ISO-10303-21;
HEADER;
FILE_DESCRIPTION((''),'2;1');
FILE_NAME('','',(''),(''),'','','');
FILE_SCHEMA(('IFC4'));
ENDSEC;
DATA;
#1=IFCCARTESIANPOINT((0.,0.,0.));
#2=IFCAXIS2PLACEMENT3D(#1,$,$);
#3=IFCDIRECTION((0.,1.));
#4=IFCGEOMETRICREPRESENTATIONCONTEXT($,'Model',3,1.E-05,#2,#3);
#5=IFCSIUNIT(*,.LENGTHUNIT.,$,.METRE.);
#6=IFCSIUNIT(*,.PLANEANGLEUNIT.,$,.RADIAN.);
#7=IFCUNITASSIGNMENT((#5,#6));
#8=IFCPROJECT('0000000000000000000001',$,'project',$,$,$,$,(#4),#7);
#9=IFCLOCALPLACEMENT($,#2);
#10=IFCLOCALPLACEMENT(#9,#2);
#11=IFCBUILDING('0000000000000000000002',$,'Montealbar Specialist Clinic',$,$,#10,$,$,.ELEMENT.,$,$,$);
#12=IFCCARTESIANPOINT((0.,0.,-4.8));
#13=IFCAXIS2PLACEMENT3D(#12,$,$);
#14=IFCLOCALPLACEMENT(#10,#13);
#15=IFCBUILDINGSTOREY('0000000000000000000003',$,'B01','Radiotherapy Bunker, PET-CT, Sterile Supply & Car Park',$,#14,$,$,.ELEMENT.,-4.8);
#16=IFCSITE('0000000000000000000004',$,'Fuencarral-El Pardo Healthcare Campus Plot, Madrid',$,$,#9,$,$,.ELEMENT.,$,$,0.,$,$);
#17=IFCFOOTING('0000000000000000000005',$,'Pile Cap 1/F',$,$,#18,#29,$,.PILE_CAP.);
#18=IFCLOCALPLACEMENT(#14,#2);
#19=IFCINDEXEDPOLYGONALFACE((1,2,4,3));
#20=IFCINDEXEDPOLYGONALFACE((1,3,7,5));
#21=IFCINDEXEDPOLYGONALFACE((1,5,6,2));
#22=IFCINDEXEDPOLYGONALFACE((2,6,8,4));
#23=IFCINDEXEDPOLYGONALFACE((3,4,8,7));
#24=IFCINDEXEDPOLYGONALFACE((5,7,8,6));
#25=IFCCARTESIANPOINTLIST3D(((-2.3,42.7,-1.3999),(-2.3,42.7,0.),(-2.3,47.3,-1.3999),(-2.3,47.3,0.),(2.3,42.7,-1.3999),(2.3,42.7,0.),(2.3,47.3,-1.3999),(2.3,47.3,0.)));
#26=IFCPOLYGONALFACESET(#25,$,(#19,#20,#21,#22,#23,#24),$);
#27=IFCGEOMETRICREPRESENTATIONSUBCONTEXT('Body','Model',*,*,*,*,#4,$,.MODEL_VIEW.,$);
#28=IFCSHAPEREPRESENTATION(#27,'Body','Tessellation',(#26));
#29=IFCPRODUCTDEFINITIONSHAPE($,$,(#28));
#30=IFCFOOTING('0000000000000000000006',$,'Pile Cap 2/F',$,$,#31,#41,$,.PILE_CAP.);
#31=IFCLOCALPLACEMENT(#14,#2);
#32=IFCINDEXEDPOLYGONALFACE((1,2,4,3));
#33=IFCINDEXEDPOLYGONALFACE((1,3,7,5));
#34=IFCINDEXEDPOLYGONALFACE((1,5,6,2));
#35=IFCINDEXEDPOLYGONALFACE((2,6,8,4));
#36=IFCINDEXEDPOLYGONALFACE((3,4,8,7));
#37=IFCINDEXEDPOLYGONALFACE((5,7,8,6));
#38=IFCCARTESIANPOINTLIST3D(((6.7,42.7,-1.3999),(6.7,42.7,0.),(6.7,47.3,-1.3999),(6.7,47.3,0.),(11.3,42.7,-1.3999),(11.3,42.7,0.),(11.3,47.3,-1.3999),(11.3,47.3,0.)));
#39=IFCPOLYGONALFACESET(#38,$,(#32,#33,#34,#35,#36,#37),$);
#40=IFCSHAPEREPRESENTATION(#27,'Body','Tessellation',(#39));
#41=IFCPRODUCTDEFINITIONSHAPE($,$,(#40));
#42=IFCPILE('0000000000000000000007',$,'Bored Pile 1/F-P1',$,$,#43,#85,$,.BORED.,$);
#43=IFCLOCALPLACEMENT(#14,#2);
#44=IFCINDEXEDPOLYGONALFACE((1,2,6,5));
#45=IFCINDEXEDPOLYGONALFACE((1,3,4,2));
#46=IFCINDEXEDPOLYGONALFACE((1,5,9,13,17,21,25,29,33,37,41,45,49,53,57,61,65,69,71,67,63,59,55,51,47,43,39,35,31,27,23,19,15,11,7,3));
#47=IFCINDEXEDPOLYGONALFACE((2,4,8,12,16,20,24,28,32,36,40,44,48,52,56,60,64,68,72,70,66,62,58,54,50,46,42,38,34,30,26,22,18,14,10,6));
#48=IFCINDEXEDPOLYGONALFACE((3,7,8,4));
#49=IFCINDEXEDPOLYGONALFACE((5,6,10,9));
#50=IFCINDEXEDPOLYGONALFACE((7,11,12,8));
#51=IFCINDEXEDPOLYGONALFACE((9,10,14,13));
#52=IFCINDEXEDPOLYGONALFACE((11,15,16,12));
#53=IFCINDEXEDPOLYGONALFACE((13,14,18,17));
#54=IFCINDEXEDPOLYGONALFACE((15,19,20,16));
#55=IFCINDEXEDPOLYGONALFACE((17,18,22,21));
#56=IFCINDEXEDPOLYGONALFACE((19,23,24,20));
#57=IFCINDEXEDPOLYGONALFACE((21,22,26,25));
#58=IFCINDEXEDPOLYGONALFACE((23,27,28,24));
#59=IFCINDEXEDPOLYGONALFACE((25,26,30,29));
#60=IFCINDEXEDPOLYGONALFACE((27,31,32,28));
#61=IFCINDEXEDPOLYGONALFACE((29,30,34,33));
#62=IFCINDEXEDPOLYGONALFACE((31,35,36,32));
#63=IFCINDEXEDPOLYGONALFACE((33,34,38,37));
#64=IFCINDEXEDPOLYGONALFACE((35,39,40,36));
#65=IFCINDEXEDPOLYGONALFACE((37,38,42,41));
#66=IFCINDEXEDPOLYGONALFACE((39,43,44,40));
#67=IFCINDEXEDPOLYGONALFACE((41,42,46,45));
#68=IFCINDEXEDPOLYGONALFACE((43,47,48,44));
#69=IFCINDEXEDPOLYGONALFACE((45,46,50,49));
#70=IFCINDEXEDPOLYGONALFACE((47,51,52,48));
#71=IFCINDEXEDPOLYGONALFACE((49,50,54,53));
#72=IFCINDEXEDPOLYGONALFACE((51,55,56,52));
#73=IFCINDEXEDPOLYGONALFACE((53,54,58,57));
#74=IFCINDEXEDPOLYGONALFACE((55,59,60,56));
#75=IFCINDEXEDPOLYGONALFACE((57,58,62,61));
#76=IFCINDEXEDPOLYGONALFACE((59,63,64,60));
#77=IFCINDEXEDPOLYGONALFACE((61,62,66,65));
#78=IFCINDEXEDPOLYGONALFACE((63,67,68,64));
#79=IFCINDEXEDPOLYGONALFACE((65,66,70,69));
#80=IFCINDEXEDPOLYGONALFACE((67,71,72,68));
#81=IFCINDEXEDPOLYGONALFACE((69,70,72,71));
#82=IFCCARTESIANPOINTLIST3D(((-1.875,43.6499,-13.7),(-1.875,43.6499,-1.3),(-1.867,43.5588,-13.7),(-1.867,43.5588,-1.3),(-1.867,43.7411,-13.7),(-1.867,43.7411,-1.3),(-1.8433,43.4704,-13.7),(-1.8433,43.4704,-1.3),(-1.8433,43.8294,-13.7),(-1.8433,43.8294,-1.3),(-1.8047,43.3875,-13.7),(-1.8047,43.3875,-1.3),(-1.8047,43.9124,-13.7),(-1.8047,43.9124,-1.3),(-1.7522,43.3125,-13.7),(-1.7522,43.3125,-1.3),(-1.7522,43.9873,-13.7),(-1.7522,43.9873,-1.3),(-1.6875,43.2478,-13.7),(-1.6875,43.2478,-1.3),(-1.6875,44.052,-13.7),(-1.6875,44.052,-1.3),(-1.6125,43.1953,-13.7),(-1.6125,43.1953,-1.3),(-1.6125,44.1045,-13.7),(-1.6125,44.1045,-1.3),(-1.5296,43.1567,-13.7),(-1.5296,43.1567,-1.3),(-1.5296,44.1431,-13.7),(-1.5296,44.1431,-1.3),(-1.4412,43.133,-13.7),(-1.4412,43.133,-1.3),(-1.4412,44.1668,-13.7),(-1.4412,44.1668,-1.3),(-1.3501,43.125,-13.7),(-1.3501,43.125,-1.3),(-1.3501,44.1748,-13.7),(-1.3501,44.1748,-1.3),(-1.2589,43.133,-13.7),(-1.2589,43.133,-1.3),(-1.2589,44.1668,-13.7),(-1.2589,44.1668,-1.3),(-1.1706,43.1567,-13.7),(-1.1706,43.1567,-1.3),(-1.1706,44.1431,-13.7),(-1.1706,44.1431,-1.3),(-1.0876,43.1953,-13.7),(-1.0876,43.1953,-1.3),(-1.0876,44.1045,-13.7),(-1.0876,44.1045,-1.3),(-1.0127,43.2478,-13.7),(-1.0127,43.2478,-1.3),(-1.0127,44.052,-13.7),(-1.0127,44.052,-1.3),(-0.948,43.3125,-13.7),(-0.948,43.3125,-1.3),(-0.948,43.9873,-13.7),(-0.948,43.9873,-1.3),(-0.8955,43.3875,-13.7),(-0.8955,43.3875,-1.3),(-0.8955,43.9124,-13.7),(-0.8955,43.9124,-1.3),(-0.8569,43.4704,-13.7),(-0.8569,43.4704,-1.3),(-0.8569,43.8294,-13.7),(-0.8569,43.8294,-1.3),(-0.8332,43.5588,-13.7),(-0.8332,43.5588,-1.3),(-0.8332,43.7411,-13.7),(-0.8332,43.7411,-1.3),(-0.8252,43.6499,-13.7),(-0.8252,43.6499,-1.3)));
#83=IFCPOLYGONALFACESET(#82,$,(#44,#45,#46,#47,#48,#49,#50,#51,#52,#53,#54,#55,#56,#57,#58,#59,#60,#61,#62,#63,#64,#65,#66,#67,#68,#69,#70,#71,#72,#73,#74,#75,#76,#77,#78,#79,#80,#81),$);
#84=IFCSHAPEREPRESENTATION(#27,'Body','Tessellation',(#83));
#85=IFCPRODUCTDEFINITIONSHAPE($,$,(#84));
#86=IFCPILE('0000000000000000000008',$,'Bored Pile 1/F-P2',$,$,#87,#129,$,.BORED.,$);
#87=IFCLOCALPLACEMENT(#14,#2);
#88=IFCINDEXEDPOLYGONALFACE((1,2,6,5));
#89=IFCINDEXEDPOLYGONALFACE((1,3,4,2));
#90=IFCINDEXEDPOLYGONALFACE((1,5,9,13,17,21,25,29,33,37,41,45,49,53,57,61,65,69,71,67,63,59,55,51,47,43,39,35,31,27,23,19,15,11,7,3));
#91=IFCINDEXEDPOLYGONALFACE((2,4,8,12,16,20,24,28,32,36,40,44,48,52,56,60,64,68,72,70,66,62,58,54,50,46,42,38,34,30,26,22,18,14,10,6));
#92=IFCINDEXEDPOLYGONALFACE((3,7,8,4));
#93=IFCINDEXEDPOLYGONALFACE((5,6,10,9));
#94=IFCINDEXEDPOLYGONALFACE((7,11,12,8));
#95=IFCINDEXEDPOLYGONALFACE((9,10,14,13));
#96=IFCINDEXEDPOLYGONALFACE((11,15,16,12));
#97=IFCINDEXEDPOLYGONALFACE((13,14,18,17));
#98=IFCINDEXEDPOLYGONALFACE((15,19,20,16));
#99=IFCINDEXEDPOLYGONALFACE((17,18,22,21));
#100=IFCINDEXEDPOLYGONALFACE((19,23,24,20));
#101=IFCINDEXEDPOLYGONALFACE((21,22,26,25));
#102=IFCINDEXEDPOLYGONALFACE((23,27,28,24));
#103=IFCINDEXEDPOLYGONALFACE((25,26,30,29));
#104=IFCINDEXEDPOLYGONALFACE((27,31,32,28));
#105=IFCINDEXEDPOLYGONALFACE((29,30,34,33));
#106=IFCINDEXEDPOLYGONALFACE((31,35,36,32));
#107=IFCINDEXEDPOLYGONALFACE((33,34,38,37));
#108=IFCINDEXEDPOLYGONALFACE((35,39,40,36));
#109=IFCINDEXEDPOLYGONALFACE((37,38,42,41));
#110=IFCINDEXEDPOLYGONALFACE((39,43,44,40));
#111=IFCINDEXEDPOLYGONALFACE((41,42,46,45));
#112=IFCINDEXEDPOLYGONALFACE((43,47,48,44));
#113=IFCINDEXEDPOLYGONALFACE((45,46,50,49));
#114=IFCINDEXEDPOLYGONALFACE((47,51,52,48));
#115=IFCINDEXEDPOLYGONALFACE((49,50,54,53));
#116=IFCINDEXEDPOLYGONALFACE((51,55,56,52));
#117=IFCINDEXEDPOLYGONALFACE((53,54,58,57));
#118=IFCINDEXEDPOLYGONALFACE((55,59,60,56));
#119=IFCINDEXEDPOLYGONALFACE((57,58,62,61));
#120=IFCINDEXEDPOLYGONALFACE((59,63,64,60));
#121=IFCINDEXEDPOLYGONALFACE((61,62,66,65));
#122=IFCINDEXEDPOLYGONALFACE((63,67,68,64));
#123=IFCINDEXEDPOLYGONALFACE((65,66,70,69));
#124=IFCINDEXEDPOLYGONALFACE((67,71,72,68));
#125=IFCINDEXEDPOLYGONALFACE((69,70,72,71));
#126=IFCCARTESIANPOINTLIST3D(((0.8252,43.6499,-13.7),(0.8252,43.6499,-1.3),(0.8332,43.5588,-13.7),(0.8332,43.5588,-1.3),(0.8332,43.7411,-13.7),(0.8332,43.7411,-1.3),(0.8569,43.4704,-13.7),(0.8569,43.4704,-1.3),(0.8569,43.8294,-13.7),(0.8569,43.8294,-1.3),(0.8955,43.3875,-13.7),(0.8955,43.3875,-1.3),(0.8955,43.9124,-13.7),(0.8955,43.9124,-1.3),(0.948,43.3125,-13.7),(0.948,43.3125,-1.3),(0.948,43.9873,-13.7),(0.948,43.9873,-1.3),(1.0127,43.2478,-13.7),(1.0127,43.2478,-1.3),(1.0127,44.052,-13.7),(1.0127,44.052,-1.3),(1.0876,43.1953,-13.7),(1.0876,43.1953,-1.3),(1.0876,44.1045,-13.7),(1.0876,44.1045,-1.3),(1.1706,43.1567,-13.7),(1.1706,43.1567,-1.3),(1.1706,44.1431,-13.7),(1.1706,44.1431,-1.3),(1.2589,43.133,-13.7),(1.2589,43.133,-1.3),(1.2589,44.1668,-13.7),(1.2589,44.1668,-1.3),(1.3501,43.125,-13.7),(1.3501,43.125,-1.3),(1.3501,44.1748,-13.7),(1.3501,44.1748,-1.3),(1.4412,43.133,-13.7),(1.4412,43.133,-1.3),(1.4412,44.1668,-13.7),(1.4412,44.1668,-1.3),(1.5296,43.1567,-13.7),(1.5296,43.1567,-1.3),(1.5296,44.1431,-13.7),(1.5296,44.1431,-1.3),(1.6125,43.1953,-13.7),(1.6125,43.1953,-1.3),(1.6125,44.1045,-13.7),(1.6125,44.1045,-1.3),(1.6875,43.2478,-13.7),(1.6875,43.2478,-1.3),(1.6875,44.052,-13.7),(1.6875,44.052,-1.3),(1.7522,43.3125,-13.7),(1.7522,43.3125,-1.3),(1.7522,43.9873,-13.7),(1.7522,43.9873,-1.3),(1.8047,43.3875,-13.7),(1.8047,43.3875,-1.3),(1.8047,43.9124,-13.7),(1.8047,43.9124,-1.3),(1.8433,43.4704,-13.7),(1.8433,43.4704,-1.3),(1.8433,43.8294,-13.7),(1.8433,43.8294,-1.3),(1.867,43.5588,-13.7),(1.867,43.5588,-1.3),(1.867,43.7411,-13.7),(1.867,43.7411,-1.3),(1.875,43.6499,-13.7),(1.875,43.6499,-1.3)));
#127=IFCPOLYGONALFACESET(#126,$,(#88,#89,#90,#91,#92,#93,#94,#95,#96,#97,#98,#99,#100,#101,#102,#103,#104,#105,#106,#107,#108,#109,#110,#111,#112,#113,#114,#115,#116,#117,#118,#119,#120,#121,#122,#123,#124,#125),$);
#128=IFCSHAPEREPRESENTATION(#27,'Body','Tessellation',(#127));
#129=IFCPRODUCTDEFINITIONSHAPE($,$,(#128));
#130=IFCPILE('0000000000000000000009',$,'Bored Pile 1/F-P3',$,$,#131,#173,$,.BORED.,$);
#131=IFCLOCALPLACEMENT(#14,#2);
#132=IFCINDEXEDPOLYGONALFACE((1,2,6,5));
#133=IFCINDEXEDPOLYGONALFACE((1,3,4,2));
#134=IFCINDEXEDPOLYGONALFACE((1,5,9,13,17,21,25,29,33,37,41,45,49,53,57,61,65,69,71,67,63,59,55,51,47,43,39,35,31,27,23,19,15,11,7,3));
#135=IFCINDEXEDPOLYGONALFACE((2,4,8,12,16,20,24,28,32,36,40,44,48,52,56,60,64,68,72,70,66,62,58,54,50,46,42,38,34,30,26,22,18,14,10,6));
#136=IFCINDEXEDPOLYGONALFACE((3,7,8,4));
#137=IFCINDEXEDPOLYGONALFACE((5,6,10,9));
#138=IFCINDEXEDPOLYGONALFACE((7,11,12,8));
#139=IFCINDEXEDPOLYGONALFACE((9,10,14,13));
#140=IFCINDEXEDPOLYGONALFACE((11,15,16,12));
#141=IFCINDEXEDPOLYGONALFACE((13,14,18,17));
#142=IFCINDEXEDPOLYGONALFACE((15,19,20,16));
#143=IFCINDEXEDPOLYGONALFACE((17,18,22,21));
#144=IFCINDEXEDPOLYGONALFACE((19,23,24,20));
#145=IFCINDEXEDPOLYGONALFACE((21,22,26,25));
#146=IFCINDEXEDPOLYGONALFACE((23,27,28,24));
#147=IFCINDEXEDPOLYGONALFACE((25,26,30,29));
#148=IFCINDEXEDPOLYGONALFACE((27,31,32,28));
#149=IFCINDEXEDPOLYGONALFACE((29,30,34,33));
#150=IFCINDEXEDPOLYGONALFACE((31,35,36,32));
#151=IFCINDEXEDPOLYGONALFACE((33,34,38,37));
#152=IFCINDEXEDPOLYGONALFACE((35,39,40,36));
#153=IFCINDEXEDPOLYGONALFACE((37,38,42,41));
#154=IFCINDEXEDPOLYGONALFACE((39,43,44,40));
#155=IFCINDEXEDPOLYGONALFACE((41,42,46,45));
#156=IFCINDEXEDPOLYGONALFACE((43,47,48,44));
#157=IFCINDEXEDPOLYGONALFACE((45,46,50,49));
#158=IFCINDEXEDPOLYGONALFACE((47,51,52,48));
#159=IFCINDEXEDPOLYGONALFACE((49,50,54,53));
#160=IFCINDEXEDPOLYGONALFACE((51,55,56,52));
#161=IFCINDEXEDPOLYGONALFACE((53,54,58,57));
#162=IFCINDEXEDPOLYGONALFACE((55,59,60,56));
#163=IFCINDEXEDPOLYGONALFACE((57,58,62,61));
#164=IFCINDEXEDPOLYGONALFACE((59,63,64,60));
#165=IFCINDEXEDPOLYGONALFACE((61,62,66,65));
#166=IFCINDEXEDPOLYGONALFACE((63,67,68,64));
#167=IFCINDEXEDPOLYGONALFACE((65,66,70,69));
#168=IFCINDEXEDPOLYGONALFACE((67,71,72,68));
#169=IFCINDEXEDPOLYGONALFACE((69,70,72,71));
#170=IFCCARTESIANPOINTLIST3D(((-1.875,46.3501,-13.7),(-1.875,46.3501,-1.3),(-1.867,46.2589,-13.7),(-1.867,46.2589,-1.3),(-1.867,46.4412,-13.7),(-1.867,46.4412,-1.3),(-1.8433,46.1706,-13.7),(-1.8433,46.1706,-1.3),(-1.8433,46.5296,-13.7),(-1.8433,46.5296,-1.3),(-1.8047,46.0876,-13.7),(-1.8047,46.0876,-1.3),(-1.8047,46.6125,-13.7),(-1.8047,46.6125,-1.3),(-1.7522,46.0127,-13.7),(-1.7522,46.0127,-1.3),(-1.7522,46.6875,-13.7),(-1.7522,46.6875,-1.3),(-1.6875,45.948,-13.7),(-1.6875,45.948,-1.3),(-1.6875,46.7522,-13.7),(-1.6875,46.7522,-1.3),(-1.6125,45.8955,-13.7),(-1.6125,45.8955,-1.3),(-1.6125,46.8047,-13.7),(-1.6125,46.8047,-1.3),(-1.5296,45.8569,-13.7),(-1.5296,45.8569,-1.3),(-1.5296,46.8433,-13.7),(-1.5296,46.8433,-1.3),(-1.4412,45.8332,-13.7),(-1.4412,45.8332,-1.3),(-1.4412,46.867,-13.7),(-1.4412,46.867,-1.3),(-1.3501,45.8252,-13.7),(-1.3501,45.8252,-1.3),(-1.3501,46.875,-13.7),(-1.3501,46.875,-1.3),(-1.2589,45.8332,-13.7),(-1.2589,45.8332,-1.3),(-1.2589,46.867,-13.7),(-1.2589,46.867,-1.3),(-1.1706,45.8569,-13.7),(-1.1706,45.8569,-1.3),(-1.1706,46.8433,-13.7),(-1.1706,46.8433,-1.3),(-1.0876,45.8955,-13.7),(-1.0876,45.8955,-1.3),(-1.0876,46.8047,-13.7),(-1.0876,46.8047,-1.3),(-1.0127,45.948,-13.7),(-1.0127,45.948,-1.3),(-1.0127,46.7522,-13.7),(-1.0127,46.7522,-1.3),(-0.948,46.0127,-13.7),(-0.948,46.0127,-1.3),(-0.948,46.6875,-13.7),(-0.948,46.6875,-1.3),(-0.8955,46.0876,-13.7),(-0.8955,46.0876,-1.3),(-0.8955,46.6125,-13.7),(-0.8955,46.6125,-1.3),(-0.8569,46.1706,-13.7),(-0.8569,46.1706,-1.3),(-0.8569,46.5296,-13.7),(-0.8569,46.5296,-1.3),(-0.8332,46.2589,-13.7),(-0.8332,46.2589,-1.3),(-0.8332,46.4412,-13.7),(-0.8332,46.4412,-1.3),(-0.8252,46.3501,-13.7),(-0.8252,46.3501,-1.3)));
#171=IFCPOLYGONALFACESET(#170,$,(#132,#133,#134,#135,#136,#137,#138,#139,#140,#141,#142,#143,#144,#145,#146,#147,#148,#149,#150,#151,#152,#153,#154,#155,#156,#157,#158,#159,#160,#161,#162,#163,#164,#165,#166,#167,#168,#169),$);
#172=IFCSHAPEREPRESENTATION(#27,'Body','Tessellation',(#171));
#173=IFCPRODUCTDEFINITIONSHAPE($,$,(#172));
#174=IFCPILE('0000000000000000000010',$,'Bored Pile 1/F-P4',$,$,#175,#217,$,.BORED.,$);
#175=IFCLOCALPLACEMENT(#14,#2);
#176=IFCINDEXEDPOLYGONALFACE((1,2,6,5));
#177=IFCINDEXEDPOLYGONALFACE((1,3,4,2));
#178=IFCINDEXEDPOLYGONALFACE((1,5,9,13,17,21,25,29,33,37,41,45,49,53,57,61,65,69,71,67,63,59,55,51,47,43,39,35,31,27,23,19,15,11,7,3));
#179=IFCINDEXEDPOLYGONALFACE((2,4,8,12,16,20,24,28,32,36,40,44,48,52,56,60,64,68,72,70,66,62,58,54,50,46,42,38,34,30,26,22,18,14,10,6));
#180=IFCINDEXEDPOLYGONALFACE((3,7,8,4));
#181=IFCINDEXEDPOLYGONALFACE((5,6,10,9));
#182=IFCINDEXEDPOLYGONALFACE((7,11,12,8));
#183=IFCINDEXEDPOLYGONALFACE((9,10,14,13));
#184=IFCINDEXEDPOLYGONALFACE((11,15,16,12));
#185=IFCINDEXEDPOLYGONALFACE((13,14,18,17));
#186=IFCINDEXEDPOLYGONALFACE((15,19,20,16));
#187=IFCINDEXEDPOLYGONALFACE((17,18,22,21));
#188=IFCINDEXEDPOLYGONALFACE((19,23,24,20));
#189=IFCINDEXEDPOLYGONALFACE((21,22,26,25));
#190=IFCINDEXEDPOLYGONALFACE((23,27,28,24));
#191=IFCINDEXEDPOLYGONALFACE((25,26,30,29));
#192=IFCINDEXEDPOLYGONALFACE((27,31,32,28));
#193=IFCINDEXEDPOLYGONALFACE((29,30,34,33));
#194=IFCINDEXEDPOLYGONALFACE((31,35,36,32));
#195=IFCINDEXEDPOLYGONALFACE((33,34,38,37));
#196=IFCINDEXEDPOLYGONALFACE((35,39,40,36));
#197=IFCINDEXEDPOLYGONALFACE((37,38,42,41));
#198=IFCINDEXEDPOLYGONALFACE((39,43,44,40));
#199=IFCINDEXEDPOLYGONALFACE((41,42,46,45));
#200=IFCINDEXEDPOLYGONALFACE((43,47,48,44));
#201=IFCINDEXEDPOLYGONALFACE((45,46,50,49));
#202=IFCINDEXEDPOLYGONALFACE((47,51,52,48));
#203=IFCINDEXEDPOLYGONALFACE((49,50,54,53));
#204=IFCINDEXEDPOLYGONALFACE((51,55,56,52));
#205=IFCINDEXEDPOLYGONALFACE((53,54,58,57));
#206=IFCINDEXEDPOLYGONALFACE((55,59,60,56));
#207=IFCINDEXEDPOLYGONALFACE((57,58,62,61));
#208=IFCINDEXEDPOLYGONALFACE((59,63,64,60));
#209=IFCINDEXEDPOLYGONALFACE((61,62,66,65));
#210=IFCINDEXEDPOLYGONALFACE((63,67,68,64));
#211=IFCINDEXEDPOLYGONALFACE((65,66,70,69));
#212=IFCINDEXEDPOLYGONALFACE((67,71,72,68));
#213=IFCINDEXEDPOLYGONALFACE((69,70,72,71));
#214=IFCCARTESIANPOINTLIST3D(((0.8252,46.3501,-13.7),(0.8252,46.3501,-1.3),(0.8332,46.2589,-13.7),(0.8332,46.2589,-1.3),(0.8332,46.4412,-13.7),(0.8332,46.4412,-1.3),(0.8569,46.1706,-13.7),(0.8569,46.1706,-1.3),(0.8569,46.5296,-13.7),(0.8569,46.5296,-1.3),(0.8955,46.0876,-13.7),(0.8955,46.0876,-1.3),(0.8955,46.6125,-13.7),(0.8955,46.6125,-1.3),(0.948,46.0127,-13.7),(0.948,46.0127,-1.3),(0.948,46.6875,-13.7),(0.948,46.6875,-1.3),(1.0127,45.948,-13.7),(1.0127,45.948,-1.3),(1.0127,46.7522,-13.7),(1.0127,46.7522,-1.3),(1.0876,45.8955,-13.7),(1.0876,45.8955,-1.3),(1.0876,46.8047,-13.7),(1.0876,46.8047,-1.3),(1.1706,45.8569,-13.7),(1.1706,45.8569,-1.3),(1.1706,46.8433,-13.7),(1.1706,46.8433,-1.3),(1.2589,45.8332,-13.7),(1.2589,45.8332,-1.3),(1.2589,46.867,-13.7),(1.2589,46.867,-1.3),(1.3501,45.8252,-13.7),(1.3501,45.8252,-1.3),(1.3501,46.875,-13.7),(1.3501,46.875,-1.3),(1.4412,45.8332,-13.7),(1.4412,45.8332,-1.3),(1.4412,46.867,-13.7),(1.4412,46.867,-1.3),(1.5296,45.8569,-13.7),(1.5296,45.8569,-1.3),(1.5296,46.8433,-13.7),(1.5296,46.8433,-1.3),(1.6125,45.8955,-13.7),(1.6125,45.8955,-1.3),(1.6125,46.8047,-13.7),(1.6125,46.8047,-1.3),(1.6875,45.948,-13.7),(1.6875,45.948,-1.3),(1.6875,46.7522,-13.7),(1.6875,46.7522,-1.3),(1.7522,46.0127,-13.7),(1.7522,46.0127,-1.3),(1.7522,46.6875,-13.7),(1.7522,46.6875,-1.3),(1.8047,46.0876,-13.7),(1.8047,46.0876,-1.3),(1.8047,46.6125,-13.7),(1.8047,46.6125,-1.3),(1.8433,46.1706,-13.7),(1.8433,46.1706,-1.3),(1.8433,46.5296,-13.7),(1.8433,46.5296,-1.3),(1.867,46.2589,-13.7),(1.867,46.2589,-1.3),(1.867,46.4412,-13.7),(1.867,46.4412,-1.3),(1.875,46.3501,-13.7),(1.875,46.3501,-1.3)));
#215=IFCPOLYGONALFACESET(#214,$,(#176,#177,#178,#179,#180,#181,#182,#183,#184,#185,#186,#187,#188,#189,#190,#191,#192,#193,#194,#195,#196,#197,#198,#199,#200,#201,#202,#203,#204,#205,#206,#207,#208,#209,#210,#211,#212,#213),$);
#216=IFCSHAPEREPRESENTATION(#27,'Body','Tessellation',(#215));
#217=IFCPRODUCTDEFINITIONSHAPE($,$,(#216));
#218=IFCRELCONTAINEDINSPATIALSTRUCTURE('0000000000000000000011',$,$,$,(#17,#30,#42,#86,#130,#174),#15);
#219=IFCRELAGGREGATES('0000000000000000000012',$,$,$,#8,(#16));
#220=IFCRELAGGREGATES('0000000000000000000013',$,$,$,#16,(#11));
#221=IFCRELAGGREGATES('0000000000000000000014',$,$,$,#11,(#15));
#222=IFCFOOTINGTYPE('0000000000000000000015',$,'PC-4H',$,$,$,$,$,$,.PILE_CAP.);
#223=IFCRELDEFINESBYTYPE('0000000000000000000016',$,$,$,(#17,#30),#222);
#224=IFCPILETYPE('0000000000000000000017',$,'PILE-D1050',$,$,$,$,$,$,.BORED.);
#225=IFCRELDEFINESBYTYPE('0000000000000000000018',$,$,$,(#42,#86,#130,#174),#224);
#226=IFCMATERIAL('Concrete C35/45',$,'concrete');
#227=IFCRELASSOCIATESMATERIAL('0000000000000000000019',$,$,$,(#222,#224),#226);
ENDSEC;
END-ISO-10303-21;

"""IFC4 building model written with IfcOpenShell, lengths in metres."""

from ifc_helpers import new_model, si_unit, direction, frame, origin, origin_2d, place, context, subcontext, project, spatial, rectangle, circle, extrude, material, material_profile, profile_set, type_object, element, save


model = new_model("IFC4")

# Units and contexts
model_context = context("Model", 3, precision=1e-05, world=origin(), true_north=direction((0.0, 1.0)))
body_context = subcontext(model_context, "Body", "Model", "MODEL_VIEW")
ifc_project = project(units=[si_unit("LENGTHUNIT", "METRE"), si_unit("PLANEANGLEUNIT", "RADIAN")], contexts=[model_context])

# Site, building, storey
site_placement = place(None, origin())
site = spatial("IfcSite", under=ifc_project, at=site_placement, Name="Fuencarral-El Pardo Healthcare Campus Plot, Madrid", CompositionType="ELEMENT", RefElevation=0.0)
building_placement = place(site_placement, origin())
building = spatial("IfcBuilding", under=site, at=building_placement, Name="Montealbar Specialist Clinic", CompositionType="ELEMENT")
storey_placement = place(building_placement, frame((0.0, 0.0, -4.8)))
storey = spatial("IfcBuildingStorey", under=building, at=storey_placement, Name="B01", Description="Radiotherapy Bunker, PET-CT, Sterile Supply & Car Park", CompositionType="ELEMENT", Elevation=-4.8)

# Footings
ifc_material_1 = material(Name="Concrete C35/45", Category="concrete")
footing_type = type_object("IfcFootingType", Name="PC-4H", PredefinedType="PILE_CAP", material=ifc_material_1)
for number, where, z_axis, x_axis, name in (
    (1, (0.0, 45.0, -1.3999), (0.0, 0.0, 1.0), (1.0, 0.0, 0.0), "Pile Cap 1/F"),
    (2, (9.0, 45.0, -1.3999), (0.0, 0.0, 1.0), (1.0, 0.0, 0.0), "Pile Cap 2/F"),
):
    element("IfcFooting", number, at=place(storey_placement, frame(where, z_axis=z_axis, x_axis=x_axis)), inside=storey, type_object=footing_type, Name=name, PredefinedType="PILE_CAP", context=body_context, shape_type="SweptSolid", body=[
        extrude(rectangle(XDim=4.6001, YDim=4.6001, at=origin_2d()), origin(), (0.0, 0.0, 1.0), 1.3999),
    ])

# Piles
ifc_material_profile_1 = material_profile(ifc_material_1, circle(Radius=0.5249, at=origin_2d()), Name="PILE D1050", Category="concrete")
ifc_profile_set_1 = profile_set([ifc_material_profile_1], Name="Concrete C35/45")
pile_type = type_object("IfcPileType", Name="PILE-D1050", PredefinedType="BORED", material=ifc_profile_set_1)
for number, where, z_axis, x_axis, name in (
    (3, (-1.3501, 43.6499, -1.3), (0.0, 0.0, -1.0), (1.0, 0.0, 0.0), "Bored Pile 1/F-P1"),
    (4, (1.3501, 43.6499, -1.3), (0.0, 0.0, -1.0), (1.0, 0.0, 0.0), "Bored Pile 1/F-P2"),
    (5, (-1.3501, 46.3501, -1.3), (0.0, 0.0, -1.0), (1.0, 0.0, 0.0), "Bored Pile 1/F-P3"),
    (6, (1.3501, 46.3501, -1.3), (0.0, 0.0, -1.0), (1.0, 0.0, 0.0), "Bored Pile 1/F-P4"),
):
    element("IfcPile", number, at=place(storey_placement, frame(where, z_axis=z_axis, x_axis=x_axis)), inside=storey, type_object=pile_type, Name=name, PredefinedType="BORED", context=body_context, shape_type="SweptSolid", body=[
        extrude(circle(Radius=0.5249, at=origin_2d()), origin(), (0.0, 0.0, 1.0), 12.3999),
    ])

save(model, "model.ifc")
